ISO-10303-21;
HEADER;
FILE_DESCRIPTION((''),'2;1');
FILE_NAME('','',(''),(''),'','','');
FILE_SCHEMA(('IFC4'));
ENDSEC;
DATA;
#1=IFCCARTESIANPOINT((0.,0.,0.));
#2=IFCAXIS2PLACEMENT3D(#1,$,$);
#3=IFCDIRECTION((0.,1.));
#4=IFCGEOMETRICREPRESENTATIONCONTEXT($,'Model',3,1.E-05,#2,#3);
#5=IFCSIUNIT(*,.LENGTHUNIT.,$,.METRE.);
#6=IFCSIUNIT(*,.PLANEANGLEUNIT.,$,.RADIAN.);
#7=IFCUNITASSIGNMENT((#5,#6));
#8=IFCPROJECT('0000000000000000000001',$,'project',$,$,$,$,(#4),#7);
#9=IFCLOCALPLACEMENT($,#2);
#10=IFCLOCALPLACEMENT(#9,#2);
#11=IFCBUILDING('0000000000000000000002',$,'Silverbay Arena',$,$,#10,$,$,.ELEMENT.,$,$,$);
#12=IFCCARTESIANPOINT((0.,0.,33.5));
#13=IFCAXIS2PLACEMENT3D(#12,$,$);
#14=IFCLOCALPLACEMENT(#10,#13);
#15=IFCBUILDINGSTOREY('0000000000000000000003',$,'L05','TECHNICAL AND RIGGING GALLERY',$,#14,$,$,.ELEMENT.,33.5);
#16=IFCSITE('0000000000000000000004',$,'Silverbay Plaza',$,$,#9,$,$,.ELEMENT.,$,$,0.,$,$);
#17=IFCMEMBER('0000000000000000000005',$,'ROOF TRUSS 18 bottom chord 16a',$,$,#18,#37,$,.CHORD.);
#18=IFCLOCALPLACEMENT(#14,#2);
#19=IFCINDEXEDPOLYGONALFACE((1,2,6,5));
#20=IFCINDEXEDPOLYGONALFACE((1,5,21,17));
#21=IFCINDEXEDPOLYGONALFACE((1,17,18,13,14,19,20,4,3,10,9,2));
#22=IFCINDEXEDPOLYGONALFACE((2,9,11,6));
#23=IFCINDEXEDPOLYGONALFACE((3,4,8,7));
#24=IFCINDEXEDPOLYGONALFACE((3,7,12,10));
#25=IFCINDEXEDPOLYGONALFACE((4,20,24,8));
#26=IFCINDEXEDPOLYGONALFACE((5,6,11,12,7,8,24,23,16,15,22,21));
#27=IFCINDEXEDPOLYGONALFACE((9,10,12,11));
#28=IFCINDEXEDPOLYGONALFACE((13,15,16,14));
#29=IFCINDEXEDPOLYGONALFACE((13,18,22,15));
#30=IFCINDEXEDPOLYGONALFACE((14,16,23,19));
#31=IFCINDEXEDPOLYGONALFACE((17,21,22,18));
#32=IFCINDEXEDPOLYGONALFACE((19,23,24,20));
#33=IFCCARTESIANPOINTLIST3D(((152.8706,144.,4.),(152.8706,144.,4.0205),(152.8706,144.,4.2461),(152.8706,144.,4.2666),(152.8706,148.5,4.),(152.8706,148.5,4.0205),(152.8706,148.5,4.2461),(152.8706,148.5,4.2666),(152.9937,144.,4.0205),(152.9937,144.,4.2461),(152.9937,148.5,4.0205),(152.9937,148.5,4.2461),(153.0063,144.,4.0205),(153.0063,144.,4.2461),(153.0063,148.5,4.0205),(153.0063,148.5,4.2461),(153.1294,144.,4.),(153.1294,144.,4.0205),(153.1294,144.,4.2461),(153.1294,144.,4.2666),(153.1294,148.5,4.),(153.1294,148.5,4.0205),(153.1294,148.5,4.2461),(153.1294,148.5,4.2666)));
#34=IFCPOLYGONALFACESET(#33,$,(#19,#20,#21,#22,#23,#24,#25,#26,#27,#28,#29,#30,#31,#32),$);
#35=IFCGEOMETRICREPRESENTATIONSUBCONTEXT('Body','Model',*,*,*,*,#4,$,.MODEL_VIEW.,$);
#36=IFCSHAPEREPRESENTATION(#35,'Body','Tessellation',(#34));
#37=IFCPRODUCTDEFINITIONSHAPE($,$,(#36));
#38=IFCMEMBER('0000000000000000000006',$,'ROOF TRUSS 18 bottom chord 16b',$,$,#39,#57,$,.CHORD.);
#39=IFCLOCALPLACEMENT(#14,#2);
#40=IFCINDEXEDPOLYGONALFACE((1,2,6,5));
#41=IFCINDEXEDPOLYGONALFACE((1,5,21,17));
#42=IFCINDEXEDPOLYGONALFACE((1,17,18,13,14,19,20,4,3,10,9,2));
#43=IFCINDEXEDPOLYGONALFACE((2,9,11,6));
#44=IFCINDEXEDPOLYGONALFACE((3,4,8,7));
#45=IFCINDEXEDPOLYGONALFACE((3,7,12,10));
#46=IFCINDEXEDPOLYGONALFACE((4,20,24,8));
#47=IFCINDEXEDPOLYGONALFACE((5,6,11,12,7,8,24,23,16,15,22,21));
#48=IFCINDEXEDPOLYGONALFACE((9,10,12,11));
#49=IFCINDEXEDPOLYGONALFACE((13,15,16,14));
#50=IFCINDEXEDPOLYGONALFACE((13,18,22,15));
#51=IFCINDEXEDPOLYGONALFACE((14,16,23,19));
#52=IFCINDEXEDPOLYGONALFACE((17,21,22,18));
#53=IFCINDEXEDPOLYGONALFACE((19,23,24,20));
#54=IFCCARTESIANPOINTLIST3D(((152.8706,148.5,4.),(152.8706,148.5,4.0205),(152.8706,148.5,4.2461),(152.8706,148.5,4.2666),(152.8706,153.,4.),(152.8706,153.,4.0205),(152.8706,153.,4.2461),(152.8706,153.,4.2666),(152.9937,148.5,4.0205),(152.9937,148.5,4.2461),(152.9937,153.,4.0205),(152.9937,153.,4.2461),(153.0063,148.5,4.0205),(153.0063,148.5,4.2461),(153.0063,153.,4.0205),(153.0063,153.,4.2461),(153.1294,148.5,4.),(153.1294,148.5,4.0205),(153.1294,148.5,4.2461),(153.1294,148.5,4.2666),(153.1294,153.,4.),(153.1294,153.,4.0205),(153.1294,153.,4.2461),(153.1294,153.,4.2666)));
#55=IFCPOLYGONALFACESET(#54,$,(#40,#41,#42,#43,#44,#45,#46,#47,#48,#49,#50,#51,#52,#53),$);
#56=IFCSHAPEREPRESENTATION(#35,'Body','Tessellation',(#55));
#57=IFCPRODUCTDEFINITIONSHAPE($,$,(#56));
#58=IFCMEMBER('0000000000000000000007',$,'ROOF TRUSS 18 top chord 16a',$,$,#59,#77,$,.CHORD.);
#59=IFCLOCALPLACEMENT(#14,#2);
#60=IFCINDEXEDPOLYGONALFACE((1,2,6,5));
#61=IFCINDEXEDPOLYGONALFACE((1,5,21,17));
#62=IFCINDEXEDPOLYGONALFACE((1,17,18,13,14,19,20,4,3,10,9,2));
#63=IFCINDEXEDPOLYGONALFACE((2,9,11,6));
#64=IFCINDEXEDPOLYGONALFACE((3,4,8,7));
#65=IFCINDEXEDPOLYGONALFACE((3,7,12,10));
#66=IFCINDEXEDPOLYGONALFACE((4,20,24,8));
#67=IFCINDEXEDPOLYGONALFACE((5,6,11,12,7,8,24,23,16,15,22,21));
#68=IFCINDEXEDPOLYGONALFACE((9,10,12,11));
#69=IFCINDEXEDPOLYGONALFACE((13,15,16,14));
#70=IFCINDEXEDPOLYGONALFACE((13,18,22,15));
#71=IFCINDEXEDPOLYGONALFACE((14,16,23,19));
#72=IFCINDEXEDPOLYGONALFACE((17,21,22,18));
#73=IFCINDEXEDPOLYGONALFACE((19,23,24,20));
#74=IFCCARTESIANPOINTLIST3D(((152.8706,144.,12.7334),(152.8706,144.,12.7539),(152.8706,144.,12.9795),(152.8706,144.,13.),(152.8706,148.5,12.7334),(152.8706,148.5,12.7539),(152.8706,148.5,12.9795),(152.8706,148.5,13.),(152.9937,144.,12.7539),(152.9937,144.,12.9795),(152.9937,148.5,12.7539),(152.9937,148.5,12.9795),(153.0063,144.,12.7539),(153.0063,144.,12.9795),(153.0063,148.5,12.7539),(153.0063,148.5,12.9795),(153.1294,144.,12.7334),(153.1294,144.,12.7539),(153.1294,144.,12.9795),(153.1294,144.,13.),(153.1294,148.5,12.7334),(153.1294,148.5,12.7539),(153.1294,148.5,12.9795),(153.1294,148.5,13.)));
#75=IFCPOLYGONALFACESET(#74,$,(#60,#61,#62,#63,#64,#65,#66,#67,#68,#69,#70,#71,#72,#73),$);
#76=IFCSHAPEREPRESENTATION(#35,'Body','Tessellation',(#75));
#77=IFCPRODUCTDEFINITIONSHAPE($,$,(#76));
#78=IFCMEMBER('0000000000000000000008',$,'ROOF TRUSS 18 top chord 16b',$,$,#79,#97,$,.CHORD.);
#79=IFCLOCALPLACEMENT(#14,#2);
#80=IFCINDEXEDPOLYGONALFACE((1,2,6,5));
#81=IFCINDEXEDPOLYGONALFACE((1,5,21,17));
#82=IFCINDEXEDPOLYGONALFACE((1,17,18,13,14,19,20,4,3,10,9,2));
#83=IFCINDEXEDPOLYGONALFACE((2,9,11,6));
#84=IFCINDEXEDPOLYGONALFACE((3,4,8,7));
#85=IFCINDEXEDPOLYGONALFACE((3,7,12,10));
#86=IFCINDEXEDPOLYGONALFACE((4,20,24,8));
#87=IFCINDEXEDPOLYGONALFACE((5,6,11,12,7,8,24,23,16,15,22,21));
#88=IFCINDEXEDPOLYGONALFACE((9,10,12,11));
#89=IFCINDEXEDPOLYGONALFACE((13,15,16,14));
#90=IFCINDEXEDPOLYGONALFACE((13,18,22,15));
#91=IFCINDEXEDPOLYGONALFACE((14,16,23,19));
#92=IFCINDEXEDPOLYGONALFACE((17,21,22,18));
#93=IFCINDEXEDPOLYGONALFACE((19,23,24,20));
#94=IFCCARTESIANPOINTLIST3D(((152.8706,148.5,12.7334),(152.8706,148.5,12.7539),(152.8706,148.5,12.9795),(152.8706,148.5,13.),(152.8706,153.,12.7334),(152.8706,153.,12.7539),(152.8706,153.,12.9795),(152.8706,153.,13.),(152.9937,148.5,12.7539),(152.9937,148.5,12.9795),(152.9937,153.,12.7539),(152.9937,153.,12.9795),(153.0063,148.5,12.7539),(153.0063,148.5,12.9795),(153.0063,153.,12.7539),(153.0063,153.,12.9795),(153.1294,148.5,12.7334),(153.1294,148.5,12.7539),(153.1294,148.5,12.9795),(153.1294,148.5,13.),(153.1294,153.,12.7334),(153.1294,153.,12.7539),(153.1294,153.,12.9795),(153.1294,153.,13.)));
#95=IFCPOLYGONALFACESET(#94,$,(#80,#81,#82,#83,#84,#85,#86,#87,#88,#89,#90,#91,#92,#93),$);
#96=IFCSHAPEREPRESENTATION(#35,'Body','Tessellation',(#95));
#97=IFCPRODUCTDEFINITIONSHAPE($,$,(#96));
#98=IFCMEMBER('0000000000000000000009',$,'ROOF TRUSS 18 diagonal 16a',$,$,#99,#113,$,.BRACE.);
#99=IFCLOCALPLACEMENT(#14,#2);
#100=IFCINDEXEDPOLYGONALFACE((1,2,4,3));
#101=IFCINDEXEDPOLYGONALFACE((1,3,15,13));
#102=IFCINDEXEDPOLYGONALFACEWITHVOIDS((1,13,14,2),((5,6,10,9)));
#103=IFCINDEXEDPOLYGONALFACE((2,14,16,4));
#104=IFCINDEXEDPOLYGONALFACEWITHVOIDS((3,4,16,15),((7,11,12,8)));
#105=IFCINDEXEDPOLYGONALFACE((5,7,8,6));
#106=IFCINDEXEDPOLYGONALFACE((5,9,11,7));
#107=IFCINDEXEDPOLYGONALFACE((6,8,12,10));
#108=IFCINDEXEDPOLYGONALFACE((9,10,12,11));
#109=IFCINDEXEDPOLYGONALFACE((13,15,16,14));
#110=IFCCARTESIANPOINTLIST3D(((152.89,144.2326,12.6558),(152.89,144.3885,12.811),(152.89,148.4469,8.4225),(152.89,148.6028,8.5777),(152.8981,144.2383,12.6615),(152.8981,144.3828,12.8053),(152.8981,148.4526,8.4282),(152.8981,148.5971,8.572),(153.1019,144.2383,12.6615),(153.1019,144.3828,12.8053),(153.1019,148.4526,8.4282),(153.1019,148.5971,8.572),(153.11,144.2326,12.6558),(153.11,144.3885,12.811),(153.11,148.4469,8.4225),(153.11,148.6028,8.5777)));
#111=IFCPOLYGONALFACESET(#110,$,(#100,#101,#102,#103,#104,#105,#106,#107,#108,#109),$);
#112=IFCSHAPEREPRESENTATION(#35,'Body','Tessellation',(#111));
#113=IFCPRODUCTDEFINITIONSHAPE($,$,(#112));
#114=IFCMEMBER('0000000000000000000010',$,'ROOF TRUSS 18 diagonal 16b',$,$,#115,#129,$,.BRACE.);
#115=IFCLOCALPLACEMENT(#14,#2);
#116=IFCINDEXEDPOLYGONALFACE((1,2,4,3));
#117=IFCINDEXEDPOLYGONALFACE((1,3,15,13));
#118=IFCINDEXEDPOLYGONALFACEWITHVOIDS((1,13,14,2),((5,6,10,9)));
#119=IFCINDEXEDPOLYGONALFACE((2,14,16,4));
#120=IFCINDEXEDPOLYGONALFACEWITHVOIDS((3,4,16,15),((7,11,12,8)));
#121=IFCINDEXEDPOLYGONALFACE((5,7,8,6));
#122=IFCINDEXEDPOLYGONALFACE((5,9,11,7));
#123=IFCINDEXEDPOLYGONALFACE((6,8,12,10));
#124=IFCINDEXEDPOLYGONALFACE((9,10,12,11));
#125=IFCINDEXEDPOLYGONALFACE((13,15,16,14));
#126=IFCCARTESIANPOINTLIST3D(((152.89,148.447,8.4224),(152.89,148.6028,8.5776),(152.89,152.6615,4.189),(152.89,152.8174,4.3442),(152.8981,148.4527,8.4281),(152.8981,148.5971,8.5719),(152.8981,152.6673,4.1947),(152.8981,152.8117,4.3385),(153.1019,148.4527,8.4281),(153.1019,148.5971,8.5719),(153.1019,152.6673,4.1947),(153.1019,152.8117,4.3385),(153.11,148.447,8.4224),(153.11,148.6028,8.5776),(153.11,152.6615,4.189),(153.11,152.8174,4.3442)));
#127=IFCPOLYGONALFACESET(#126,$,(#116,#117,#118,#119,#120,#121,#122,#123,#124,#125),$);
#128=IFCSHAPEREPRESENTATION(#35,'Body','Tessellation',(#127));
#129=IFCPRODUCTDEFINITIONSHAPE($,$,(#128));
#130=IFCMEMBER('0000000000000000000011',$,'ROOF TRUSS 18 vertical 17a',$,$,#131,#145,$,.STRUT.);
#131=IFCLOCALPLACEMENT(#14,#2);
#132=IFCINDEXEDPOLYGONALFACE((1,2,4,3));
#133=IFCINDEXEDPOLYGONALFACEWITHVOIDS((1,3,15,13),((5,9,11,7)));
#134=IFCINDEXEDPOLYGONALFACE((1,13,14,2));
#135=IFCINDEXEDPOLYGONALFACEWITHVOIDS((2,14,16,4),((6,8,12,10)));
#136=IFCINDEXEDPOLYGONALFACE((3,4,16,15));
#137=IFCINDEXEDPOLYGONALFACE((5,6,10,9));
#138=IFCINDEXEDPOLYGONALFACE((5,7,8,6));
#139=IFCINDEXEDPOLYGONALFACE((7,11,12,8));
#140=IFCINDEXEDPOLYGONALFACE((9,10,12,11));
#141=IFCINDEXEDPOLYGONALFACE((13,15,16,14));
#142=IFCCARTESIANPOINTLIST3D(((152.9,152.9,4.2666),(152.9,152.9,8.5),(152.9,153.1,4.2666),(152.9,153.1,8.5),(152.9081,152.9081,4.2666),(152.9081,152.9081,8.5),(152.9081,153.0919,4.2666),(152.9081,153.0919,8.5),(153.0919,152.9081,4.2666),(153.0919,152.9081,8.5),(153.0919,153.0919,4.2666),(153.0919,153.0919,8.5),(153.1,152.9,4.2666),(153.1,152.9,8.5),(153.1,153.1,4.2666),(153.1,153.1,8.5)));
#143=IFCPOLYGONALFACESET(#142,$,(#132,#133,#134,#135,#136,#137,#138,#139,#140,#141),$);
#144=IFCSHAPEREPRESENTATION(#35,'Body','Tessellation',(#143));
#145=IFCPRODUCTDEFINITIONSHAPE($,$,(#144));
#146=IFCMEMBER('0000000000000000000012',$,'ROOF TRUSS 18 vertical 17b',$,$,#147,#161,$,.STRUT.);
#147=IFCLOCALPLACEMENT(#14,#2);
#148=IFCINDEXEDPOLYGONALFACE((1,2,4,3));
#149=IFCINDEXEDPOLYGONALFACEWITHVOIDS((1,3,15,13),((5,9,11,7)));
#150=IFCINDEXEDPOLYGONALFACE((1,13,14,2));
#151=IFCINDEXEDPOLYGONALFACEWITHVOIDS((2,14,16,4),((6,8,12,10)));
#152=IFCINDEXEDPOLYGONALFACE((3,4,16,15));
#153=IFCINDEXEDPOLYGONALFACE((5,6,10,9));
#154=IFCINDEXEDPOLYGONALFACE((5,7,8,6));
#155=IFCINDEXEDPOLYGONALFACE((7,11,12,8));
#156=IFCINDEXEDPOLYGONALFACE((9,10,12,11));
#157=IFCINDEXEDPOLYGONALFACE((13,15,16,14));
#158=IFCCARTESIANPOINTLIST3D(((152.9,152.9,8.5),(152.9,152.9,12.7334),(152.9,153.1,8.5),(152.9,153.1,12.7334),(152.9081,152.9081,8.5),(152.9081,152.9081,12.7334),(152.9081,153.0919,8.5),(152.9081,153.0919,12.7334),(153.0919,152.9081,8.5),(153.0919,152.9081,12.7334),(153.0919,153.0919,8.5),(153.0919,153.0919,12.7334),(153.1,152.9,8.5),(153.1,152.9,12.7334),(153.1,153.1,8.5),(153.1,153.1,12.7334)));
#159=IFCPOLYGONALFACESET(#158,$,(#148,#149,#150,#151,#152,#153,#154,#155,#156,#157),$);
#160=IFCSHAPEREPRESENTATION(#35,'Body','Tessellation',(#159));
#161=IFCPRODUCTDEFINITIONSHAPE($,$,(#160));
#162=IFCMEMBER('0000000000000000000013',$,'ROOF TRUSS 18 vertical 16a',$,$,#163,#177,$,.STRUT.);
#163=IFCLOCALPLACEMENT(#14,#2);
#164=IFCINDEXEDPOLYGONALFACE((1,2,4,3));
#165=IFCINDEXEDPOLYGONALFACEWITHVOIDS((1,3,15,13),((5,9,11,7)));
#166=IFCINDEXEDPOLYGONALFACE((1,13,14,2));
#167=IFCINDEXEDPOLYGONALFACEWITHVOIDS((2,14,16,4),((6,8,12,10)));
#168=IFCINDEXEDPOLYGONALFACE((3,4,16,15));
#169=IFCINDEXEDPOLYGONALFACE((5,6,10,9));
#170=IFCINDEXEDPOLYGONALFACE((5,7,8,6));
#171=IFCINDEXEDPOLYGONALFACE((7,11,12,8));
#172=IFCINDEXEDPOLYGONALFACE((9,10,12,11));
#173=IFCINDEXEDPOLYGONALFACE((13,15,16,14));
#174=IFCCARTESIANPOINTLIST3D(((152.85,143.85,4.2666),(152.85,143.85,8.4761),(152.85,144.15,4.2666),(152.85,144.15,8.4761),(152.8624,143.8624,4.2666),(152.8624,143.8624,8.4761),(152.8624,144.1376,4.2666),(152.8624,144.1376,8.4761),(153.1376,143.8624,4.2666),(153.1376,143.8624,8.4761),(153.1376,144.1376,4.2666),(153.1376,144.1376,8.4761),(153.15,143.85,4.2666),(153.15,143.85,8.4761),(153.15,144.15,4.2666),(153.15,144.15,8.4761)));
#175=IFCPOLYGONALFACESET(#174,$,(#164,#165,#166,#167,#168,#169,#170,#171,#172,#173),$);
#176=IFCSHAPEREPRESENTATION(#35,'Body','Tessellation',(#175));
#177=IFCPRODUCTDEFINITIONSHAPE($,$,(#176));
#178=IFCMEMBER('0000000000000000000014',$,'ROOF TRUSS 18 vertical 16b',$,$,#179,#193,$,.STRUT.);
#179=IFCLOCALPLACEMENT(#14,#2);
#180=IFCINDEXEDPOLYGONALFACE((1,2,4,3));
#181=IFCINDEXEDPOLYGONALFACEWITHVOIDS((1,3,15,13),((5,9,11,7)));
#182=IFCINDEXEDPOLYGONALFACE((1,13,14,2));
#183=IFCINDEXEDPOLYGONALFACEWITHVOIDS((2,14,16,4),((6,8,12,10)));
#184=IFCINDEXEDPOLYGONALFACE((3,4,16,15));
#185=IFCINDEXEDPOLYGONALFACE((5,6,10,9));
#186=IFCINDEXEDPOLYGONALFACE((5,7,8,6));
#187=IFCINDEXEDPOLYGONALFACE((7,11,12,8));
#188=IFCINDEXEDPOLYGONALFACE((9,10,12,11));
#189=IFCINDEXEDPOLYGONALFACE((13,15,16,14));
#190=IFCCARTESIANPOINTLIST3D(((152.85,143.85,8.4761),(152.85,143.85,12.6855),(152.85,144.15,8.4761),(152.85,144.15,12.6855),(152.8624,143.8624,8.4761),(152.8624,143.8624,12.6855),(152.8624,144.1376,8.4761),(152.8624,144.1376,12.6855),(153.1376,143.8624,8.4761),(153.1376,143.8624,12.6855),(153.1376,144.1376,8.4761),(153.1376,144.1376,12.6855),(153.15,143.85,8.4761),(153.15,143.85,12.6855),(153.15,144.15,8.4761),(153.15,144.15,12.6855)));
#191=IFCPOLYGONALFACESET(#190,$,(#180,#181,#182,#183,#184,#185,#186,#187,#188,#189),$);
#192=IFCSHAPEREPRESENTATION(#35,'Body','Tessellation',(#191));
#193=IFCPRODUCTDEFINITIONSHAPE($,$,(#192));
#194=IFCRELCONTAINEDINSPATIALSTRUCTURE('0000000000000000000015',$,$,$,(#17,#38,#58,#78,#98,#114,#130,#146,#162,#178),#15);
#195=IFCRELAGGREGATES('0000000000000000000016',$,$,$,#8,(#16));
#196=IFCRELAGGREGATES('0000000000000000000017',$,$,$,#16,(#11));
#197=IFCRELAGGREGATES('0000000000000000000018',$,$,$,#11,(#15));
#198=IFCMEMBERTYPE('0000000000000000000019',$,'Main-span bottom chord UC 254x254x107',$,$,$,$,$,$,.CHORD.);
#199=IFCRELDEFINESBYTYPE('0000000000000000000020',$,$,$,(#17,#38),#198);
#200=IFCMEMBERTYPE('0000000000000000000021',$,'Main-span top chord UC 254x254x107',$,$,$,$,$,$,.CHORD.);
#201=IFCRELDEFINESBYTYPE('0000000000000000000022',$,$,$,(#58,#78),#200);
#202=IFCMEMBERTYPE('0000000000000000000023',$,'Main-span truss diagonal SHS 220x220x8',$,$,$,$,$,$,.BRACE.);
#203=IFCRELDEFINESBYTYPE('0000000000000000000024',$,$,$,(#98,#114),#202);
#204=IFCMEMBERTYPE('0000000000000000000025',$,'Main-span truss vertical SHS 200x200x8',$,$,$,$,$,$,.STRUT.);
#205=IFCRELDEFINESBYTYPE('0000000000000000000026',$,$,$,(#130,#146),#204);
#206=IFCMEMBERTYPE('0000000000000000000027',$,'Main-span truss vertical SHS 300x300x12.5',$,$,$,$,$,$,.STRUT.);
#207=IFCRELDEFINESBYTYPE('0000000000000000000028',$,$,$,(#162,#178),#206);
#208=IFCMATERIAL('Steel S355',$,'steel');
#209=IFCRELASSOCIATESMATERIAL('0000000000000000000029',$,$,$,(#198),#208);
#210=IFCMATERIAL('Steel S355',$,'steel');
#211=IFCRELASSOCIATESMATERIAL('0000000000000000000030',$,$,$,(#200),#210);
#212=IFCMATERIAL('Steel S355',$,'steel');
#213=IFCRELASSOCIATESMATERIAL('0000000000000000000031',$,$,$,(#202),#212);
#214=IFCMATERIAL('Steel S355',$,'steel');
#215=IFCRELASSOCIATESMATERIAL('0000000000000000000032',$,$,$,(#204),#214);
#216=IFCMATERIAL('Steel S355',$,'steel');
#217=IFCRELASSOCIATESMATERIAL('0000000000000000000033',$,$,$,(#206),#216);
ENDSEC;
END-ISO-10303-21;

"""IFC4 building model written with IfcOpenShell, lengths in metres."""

from ifc_helpers import new_model, si_unit, direction, frame, origin, origin_2d, place, context, subcontext, project, spatial, hollow_rectangle, i_section, extrude, material, material_profile, profile_set, type_object, element, save


model = new_model("IFC4")

# Units and contexts
model_context = context("Model", 3, precision=1e-05, world=origin(), true_north=direction((0.0, 1.0)))
body_context = subcontext(model_context, "Body", "Model", "MODEL_VIEW")
ifc_project = project(units=[si_unit("LENGTHUNIT", "METRE"), si_unit("PLANEANGLEUNIT", "RADIAN")], contexts=[model_context])

# Site, building, storey
site_placement = place(None, origin())
site = spatial("IfcSite", under=ifc_project, at=site_placement, Name="Silverbay Plaza", CompositionType="ELEMENT", RefElevation=0.0)
building_placement = place(site_placement, origin())
building = spatial("IfcBuilding", under=site, at=building_placement, Name="Silverbay Arena", CompositionType="ELEMENT")
storey_placement = place(building_placement, frame((0.0, 0.0, 33.5)))
storey = spatial("IfcBuildingStorey", under=building, at=storey_placement, Name="L05", Description="TECHNICAL AND RIGGING GALLERY", CompositionType="ELEMENT", Elevation=33.5)

# Members
ifc_material_1 = material(Name="Steel S355", Category="steel")
ifc_material_profile_1 = material_profile(ifc_material_1, i_section(OverallWidth=0.2588, OverallDepth=0.2666, WebThickness=0.0127, FlangeThickness=0.0205, at=origin_2d()), Name="UC 254x254x107")
ifc_profile_set_1 = profile_set([ifc_material_profile_1], Name="Steel S355")
member_type_1 = type_object("IfcMemberType", Name="Main-span bottom chord UC 254x254x107", PredefinedType="CHORD", material=ifc_profile_set_1)
for number, where, z_axis, x_axis, name in (
    (1, (153.0, 144.0, 4.1333), (0.0, 1.0, 0.0), (-1.0, 0.0, 0.0), "ROOF TRUSS 18 bottom chord 16a"),
    (2, (153.0, 148.5, 4.1333), (0.0, 1.0, 0.0), (-1.0, 0.0, 0.0), "ROOF TRUSS 18 bottom chord 16b"),
):
    element("IfcMember", number, at=place(storey_placement, frame(where, z_axis=z_axis, x_axis=x_axis)), inside=storey, type_object=member_type_1, Name=name, PredefinedType="CHORD", context=body_context, shape_type="SweptSolid", body=[
        extrude(i_section(OverallWidth=0.2588, OverallDepth=0.2666, WebThickness=0.0127, FlangeThickness=0.0205, at=origin_2d()), origin(), (0.0, 0.0, 1.0), 4.5),
    ])
ifc_material_2 = material(Name="Steel S355", Category="steel")
ifc_material_profile_2 = material_profile(ifc_material_2, i_section(OverallWidth=0.2588, OverallDepth=0.2666, WebThickness=0.0127, FlangeThickness=0.0205, at=origin_2d()), Name="UC 254x254x107")
ifc_profile_set_2 = profile_set([ifc_material_profile_2], Name="Steel S355")
member_type_2 = type_object("IfcMemberType", Name="Main-span top chord UC 254x254x107", PredefinedType="CHORD", material=ifc_profile_set_2)
for number, where, z_axis, x_axis, name in (
    (3, (153.0, 144.0, 12.8667), (0.0, 1.0, 0.0), (-1.0, 0.0, 0.0), "ROOF TRUSS 18 top chord 16a"),
    (4, (153.0, 148.5, 12.8667), (0.0, 1.0, 0.0), (-1.0, 0.0, 0.0), "ROOF TRUSS 18 top chord 16b"),
):
    element("IfcMember", number, at=place(storey_placement, frame(where, z_axis=z_axis, x_axis=x_axis)), inside=storey, type_object=member_type_2, Name=name, PredefinedType="CHORD", context=body_context, shape_type="SweptSolid", body=[
        extrude(i_section(OverallWidth=0.2588, OverallDepth=0.2666, WebThickness=0.0127, FlangeThickness=0.0205, at=origin_2d()), origin(), (0.0, 0.0, 1.0), 4.5),
    ])
ifc_material_3 = material(Name="Steel S355", Category="steel")
ifc_material_profile_3 = material_profile(ifc_material_3, hollow_rectangle(XDim=0.22, YDim=0.22, WallThickness=0.0081, at=origin_2d()), Name="SHS 220x220x8")
ifc_profile_set_3 = profile_set([ifc_material_profile_3], Name="Steel S355")
member_type_3 = type_object("IfcMemberType", Name="Main-span truss diagonal SHS 220x220x8", PredefinedType="BRACE", material=ifc_profile_set_3)
member_1_placement = place(storey_placement, frame((153.0, 144.3105, 12.7334), z_axis=(0.0, 0.705511, -0.708699), x_axis=(-1.0, 0.0, 0.0)))
element("IfcMember", 5, at=member_1_placement, inside=storey, type_object=member_type_3, Name="ROOF TRUSS 18 diagonal 16a", PredefinedType="BRACE", context=body_context, shape_type="SweptSolid", body=[
    extrude(hollow_rectangle(XDim=0.22, YDim=0.22, WallThickness=0.0081, at=origin_2d()), origin(), (0.0, 0.0, 1.0), 5.9734),
])
member_2_placement = place(storey_placement, frame((153.0, 148.5249, 8.5), z_axis=(0.0, 0.705532, -0.708679), x_axis=(-1.0, 0.0, 0.0)))
element("IfcMember", 6, at=member_2_placement, inside=storey, type_object=member_type_3, Name="ROOF TRUSS 18 diagonal 16b", PredefinedType="BRACE", context=body_context, shape_type="SweptSolid", body=[
    extrude(hollow_rectangle(XDim=0.22, YDim=0.22, WallThickness=0.0081, at=origin_2d()), origin(), (0.0, 0.0, 1.0), 5.9736),
])
ifc_material_4 = material(Name="Steel S355", Category="steel")
ifc_material_profile_4 = material_profile(ifc_material_4, hollow_rectangle(XDim=0.2, YDim=0.2, WallThickness=0.0081, at=origin_2d()), Name="SHS 200x200x8")
ifc_profile_set_4 = profile_set([ifc_material_profile_4], Name="Steel S355")
member_type_4 = type_object("IfcMemberType", Name="Main-span truss vertical SHS 200x200x8", PredefinedType="STRUT", material=ifc_profile_set_4)
for number, where, z_axis, x_axis, name in (
    (7, (153.0, 153.0, 4.2666), (0.0, 0.0, 1.0), (1.0, 0.0, 0.0), "ROOF TRUSS 18 vertical 17a"),
    (8, (153.0, 153.0, 8.5), (0.0, 0.0, 1.0), (1.0, 0.0, 0.0), "ROOF TRUSS 18 vertical 17b"),
):
    element("IfcMember", number, at=place(storey_placement, frame(where, z_axis=z_axis, x_axis=x_axis)), inside=storey, type_object=member_type_4, Name=name, PredefinedType="STRUT", context=body_context, shape_type="SweptSolid", body=[
        extrude(hollow_rectangle(XDim=0.2, YDim=0.2, WallThickness=0.0081, at=origin_2d()), origin(), (0.0, 0.0, 1.0), 4.2334),
    ])
ifc_material_5 = material(Name="Steel S355", Category="steel")
ifc_material_profile_5 = material_profile(ifc_material_5, hollow_rectangle(XDim=0.3, YDim=0.3, WallThickness=0.0125, at=origin_2d()), Name="SHS 300x300x12.5")
ifc_profile_set_5 = profile_set([ifc_material_profile_5], Name="Steel S355")
member_type_5 = type_object("IfcMemberType", Name="Main-span truss vertical SHS 300x300x12.5", PredefinedType="STRUT", material=ifc_profile_set_5)
for number, where, z_axis, x_axis, name in (
    (9, (153.0, 144.0, 4.2666), (0.0, 0.0, 1.0), (1.0, 0.0, 0.0), "ROOF TRUSS 18 vertical 16a"),
    (10, (153.0, 144.0, 8.4761), (0.0, 0.0, 1.0), (1.0, 0.0, 0.0), "ROOF TRUSS 18 vertical 16b"),
):
    element("IfcMember", number, at=place(storey_placement, frame(where, z_axis=z_axis, x_axis=x_axis)), inside=storey, type_object=member_type_5, Name=name, PredefinedType="STRUT", context=body_context, shape_type="SweptSolid", body=[
        extrude(hollow_rectangle(XDim=0.3, YDim=0.3, WallThickness=0.0125, at=origin_2d()), origin(), (0.0, 0.0, 1.0), 4.2095),
    ])

save(model, "model.ifc")
